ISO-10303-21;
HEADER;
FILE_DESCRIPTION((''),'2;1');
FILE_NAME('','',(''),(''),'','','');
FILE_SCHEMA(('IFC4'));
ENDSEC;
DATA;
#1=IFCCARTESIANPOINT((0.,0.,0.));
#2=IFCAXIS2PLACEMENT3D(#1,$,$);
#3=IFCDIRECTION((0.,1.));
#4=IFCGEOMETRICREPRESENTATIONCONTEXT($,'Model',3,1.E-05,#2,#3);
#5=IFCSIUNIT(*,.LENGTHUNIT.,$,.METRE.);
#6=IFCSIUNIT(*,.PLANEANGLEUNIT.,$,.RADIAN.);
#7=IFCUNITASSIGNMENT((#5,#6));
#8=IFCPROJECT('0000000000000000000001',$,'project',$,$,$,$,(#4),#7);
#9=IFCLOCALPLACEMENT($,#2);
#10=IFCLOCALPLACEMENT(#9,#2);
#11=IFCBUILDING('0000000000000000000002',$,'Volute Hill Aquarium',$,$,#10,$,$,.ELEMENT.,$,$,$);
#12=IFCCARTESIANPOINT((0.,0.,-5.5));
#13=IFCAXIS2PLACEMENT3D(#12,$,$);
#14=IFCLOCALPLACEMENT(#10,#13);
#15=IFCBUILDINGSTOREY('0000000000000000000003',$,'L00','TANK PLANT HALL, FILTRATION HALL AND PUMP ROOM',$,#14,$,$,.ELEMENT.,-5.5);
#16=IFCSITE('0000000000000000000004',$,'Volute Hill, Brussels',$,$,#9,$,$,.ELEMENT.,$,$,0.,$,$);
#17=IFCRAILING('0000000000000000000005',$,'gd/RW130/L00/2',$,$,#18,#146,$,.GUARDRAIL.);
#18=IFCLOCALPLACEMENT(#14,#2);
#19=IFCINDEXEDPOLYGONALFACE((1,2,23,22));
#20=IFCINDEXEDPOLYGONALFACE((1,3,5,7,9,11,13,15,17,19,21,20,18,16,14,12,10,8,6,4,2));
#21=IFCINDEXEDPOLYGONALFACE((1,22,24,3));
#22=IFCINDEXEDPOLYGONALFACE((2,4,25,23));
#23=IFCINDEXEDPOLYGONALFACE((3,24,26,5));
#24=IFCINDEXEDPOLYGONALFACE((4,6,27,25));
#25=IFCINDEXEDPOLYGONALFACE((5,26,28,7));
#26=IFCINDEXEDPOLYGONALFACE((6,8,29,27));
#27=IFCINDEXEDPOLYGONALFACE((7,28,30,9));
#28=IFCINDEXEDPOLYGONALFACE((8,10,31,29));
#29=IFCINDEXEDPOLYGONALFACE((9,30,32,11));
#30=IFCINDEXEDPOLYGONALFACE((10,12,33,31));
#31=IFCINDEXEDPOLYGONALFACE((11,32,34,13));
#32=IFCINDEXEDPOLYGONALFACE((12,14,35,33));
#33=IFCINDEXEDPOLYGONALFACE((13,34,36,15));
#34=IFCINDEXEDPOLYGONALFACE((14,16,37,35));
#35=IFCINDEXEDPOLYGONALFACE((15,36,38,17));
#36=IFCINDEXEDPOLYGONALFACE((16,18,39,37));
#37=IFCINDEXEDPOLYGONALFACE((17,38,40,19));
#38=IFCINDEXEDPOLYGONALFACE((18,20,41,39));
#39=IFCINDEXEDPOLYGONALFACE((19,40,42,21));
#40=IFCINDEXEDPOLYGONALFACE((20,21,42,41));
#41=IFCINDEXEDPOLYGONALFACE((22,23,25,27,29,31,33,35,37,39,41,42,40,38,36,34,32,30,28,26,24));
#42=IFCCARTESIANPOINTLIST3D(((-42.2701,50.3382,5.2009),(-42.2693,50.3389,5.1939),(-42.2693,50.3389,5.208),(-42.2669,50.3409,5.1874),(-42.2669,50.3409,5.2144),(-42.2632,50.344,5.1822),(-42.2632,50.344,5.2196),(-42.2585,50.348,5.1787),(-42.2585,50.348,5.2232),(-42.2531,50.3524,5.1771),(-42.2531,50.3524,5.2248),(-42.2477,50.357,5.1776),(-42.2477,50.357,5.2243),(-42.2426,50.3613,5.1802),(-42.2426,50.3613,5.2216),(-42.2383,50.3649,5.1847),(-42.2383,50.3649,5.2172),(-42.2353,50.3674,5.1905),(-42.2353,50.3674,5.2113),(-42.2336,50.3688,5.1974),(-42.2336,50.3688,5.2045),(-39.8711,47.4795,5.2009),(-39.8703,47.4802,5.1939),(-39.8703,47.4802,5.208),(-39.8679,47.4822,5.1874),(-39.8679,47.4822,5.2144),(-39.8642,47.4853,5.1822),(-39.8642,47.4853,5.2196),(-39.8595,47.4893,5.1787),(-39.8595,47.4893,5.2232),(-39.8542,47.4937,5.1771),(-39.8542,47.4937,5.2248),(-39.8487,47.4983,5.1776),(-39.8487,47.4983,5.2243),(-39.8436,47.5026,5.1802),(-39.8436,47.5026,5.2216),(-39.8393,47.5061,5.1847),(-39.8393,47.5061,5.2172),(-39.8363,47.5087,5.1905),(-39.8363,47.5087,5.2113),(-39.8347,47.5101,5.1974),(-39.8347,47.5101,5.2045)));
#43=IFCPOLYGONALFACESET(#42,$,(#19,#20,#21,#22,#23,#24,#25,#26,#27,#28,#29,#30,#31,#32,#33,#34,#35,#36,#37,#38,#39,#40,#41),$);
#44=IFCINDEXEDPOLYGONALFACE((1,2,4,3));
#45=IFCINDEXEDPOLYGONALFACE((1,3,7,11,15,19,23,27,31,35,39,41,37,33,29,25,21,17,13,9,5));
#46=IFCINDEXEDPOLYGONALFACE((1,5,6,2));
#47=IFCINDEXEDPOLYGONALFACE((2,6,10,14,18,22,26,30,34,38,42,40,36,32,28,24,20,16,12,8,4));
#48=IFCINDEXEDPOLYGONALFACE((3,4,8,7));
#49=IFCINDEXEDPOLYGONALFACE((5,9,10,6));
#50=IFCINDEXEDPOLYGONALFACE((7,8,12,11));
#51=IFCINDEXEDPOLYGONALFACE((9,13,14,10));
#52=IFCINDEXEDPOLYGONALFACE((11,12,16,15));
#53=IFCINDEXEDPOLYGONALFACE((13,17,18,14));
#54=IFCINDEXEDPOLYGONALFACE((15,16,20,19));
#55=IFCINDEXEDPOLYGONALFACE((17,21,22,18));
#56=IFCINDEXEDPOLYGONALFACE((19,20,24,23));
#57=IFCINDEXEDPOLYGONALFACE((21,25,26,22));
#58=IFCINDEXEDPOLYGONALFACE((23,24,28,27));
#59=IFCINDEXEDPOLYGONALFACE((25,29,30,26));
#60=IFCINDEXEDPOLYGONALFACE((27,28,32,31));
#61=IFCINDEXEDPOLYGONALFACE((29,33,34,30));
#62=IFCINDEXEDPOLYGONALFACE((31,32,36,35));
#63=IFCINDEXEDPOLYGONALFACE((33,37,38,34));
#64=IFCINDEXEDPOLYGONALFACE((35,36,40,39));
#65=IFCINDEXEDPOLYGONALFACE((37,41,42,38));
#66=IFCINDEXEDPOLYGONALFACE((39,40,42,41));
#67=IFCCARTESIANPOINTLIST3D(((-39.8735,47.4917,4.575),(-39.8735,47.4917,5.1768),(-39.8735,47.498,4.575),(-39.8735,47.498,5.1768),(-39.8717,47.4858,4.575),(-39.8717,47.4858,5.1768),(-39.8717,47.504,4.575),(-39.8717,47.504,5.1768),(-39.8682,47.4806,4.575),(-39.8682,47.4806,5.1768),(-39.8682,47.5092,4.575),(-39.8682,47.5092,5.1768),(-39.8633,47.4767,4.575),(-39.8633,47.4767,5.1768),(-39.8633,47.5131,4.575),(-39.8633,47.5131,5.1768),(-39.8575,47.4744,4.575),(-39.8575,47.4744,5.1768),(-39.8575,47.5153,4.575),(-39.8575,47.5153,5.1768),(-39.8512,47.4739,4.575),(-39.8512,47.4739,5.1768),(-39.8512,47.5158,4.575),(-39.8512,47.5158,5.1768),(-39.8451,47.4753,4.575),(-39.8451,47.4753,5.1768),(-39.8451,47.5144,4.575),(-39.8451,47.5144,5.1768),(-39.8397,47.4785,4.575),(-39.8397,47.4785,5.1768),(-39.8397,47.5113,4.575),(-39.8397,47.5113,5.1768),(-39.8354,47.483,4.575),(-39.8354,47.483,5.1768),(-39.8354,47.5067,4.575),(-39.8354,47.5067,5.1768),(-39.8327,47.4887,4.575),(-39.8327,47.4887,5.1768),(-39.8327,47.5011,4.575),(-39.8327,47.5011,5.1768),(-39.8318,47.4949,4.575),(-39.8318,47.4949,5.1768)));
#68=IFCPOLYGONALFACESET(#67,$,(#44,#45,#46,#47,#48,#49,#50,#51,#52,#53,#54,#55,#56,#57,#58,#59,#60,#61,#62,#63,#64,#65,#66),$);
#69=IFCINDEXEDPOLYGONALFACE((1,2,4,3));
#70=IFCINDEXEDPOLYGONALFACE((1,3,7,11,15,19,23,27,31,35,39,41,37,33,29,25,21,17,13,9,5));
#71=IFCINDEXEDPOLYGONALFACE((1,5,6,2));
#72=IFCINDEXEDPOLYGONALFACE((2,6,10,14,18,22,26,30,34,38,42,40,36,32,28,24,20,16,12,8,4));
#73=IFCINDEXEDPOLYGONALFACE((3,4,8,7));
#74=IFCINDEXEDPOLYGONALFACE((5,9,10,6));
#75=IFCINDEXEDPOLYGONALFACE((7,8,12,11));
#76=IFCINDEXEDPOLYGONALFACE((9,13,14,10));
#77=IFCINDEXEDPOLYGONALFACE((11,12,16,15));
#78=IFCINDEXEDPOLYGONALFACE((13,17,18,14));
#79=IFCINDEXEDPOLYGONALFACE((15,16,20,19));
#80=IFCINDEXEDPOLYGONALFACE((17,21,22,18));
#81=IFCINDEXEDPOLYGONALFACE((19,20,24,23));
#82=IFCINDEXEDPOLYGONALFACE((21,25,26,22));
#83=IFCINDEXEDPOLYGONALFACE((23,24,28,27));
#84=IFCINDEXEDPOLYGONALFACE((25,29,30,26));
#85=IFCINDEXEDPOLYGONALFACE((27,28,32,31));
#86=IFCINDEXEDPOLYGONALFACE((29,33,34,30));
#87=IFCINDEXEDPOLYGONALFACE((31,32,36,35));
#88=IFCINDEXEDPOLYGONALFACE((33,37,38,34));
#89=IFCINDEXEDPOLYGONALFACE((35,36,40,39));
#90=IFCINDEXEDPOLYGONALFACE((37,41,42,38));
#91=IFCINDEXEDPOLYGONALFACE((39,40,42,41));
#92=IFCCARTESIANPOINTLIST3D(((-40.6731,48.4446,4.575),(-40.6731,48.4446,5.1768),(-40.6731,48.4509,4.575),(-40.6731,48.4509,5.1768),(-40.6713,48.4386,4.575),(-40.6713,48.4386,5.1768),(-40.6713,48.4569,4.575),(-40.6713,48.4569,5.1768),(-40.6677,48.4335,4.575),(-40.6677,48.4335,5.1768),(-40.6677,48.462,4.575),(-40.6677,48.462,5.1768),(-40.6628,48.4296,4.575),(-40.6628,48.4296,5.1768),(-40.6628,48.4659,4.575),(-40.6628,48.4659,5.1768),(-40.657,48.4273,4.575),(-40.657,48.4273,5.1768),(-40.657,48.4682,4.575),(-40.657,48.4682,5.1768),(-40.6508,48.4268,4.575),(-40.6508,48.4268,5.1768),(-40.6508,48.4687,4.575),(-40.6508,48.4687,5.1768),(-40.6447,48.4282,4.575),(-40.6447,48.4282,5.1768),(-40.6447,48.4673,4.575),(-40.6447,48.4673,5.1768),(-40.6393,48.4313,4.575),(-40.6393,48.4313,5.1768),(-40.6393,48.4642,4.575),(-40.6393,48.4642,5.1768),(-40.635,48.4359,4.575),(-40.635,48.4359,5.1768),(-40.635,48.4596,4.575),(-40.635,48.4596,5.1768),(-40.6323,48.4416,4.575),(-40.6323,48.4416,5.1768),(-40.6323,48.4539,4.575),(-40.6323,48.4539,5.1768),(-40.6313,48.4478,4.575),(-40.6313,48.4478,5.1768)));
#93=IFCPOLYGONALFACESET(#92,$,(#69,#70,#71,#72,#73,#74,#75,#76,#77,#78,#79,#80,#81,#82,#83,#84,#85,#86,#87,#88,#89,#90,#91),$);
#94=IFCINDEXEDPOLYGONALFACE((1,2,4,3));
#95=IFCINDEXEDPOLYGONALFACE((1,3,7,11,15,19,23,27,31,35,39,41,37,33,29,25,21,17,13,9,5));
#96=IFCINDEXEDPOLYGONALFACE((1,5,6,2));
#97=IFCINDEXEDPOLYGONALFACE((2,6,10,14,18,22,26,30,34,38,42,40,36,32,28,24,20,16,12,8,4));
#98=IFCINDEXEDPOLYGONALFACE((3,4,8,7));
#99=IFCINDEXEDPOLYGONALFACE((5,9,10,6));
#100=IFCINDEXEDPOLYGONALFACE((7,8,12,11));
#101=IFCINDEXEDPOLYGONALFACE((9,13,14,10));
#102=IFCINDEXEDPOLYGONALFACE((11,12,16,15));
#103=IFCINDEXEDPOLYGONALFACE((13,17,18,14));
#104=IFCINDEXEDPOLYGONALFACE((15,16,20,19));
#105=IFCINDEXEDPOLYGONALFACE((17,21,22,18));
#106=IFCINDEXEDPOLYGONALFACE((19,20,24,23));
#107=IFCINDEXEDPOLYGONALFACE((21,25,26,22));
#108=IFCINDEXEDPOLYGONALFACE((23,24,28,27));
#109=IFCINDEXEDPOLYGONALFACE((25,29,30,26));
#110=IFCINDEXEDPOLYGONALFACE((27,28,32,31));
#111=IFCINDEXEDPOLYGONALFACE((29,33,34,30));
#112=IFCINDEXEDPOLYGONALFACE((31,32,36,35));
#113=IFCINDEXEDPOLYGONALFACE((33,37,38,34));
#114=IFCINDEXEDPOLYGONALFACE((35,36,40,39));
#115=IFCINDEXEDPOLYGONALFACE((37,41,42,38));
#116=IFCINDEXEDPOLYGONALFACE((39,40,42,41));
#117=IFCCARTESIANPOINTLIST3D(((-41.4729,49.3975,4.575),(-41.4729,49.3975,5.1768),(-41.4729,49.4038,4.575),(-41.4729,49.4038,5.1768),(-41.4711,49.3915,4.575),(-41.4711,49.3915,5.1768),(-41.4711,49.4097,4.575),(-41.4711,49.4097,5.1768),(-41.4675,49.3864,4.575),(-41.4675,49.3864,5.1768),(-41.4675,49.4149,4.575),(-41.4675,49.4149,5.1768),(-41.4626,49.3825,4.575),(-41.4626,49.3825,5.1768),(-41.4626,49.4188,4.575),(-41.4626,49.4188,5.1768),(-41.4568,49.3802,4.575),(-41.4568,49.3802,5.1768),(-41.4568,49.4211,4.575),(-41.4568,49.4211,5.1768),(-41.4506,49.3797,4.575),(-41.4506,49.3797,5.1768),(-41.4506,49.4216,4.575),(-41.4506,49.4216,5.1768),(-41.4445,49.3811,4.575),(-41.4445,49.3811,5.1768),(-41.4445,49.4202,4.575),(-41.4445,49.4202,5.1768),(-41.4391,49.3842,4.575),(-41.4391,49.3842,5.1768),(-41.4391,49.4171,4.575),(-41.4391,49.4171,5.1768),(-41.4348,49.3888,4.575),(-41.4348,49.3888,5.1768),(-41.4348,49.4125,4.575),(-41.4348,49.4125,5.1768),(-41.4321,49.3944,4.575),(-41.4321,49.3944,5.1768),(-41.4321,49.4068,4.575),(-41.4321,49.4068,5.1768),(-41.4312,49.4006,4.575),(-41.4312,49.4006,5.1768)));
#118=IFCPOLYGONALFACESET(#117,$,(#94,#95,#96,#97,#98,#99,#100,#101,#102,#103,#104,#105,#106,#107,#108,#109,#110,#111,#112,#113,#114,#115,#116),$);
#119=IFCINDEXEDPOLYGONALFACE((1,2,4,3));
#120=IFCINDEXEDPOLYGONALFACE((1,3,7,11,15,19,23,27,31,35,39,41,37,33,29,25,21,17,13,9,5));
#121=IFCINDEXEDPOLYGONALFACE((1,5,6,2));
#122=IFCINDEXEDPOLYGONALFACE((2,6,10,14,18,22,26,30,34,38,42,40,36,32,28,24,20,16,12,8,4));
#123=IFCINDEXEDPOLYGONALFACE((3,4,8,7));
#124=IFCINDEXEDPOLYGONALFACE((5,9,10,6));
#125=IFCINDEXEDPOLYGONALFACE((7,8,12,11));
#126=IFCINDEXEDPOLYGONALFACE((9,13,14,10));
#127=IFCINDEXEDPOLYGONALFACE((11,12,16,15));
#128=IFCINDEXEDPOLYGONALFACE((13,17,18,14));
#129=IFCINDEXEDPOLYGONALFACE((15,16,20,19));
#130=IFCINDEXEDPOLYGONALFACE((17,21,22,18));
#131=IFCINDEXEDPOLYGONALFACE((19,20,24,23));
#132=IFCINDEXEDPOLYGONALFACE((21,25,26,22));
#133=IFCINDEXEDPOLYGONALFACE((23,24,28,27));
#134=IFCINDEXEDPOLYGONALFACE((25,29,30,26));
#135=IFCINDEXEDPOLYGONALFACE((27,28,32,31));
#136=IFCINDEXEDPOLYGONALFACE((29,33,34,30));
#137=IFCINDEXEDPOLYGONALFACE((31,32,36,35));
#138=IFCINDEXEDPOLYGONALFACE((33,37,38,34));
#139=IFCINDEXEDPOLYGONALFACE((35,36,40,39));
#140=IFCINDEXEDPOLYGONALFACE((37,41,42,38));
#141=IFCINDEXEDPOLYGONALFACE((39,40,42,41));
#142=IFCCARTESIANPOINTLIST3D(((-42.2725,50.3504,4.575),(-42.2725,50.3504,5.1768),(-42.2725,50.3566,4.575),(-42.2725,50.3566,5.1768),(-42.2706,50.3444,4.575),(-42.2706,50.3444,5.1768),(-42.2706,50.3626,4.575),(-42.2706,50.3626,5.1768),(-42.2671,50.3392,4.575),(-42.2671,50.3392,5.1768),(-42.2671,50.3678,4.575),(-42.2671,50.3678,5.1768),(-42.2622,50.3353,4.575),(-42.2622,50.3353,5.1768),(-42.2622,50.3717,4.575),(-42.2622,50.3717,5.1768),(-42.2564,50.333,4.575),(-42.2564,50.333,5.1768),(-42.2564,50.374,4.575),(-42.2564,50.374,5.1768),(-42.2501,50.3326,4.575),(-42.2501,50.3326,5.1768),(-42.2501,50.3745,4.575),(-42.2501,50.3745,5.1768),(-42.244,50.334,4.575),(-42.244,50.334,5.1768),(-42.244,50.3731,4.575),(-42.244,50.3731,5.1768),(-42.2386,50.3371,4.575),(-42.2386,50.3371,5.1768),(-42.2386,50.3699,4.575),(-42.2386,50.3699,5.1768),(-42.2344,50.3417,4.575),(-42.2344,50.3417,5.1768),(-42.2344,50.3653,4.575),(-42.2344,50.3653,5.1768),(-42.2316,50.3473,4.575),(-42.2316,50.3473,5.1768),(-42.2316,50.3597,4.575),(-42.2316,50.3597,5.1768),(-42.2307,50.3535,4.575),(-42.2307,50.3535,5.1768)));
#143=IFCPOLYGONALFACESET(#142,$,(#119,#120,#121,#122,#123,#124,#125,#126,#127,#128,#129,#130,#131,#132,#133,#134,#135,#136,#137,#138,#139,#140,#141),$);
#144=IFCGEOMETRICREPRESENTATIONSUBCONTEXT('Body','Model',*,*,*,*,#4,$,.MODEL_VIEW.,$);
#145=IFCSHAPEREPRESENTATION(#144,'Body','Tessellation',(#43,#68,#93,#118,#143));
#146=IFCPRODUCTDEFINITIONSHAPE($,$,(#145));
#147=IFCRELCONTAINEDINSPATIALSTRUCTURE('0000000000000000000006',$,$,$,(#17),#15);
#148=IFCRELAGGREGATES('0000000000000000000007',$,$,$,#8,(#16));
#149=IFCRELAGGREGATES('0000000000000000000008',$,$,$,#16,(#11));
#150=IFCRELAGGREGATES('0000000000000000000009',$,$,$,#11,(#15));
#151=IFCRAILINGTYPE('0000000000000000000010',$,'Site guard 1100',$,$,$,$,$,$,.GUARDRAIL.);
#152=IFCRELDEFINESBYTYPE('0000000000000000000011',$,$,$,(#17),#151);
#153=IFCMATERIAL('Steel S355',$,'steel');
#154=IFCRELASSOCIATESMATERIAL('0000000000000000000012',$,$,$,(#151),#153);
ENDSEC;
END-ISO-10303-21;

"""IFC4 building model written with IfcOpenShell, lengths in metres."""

from ifc_helpers import new_model, si_unit, direction, frame, origin, origin_2d, place, context, subcontext, project, spatial, circle, extrude, material, type_object, element, save


model = new_model("IFC4")

# Units and contexts
model_context = context("Model", 3, precision=1e-05, world=origin(), true_north=direction((0.0, 1.0)))
body_context = subcontext(model_context, "Body", "Model", "MODEL_VIEW")
ifc_project = project(units=[si_unit("LENGTHUNIT", "METRE"), si_unit("PLANEANGLEUNIT", "RADIAN")], contexts=[model_context])

# Site, building, storey
site_placement = place(None, origin())
site = spatial("IfcSite", under=ifc_project, at=site_placement, Name="Volute Hill, Brussels", CompositionType="ELEMENT", RefElevation=0.0)
building_placement = place(site_placement, origin())
building = spatial("IfcBuilding", under=site, at=building_placement, Name="Volute Hill Aquarium", CompositionType="ELEMENT")
storey_placement = place(building_placement, frame((0.0, 0.0, -5.5)))
storey = spatial("IfcBuildingStorey", under=building, at=storey_placement, Name="L00", Description="TANK PLANT HALL, FILTRATION HALL AND PUMP ROOM", CompositionType="ELEMENT", Elevation=-5.5)

# Railing
ifc_material_1 = material(Name="Steel S355", Category="steel")
railing_type = type_object("IfcRailingType", Name="Site guard 1100", PredefinedType="GUARDRAIL", material=ifc_material_1)
railing_1_placement = place(storey_placement, frame((-39.8528, 47.4949, 4.575)))
element("IfcRailing", 1, at=railing_1_placement, inside=storey, type_object=railing_type, Name="gd/RW130/L00/2", PredefinedType="GUARDRAIL", context=body_context, shape_type="SweptSolid", body=[
    extrude(circle(Radius=0.0239, at=origin_2d()), frame((0.0, 0.0, 0.626), z_axis=(-0.642825, 0.766013, 0.0), x_axis=(-0.766013, -0.642825, 0.0)), (0.0, 0.0, 1.0), 3.7319),
    extrude(circle(Radius=0.021, at=origin_2d()), origin(), (0.0, 0.0, 1.0), 0.6018),
    extrude(circle(Radius=0.021, at=origin_2d()), frame((-0.7996, 0.9529, 0.0)), (0.0, 0.0, 1.0), 0.6018),
    extrude(circle(Radius=0.021, at=origin_2d()), frame((-1.5994, 1.9058, 0.0)), (0.0, 0.0, 1.0), 0.6018),
    extrude(circle(Radius=0.021, at=origin_2d()), frame((-2.3989, 2.8586, 0.0)), (0.0, 0.0, 1.0), 0.6018),
])

save(model, "model.ifc")
